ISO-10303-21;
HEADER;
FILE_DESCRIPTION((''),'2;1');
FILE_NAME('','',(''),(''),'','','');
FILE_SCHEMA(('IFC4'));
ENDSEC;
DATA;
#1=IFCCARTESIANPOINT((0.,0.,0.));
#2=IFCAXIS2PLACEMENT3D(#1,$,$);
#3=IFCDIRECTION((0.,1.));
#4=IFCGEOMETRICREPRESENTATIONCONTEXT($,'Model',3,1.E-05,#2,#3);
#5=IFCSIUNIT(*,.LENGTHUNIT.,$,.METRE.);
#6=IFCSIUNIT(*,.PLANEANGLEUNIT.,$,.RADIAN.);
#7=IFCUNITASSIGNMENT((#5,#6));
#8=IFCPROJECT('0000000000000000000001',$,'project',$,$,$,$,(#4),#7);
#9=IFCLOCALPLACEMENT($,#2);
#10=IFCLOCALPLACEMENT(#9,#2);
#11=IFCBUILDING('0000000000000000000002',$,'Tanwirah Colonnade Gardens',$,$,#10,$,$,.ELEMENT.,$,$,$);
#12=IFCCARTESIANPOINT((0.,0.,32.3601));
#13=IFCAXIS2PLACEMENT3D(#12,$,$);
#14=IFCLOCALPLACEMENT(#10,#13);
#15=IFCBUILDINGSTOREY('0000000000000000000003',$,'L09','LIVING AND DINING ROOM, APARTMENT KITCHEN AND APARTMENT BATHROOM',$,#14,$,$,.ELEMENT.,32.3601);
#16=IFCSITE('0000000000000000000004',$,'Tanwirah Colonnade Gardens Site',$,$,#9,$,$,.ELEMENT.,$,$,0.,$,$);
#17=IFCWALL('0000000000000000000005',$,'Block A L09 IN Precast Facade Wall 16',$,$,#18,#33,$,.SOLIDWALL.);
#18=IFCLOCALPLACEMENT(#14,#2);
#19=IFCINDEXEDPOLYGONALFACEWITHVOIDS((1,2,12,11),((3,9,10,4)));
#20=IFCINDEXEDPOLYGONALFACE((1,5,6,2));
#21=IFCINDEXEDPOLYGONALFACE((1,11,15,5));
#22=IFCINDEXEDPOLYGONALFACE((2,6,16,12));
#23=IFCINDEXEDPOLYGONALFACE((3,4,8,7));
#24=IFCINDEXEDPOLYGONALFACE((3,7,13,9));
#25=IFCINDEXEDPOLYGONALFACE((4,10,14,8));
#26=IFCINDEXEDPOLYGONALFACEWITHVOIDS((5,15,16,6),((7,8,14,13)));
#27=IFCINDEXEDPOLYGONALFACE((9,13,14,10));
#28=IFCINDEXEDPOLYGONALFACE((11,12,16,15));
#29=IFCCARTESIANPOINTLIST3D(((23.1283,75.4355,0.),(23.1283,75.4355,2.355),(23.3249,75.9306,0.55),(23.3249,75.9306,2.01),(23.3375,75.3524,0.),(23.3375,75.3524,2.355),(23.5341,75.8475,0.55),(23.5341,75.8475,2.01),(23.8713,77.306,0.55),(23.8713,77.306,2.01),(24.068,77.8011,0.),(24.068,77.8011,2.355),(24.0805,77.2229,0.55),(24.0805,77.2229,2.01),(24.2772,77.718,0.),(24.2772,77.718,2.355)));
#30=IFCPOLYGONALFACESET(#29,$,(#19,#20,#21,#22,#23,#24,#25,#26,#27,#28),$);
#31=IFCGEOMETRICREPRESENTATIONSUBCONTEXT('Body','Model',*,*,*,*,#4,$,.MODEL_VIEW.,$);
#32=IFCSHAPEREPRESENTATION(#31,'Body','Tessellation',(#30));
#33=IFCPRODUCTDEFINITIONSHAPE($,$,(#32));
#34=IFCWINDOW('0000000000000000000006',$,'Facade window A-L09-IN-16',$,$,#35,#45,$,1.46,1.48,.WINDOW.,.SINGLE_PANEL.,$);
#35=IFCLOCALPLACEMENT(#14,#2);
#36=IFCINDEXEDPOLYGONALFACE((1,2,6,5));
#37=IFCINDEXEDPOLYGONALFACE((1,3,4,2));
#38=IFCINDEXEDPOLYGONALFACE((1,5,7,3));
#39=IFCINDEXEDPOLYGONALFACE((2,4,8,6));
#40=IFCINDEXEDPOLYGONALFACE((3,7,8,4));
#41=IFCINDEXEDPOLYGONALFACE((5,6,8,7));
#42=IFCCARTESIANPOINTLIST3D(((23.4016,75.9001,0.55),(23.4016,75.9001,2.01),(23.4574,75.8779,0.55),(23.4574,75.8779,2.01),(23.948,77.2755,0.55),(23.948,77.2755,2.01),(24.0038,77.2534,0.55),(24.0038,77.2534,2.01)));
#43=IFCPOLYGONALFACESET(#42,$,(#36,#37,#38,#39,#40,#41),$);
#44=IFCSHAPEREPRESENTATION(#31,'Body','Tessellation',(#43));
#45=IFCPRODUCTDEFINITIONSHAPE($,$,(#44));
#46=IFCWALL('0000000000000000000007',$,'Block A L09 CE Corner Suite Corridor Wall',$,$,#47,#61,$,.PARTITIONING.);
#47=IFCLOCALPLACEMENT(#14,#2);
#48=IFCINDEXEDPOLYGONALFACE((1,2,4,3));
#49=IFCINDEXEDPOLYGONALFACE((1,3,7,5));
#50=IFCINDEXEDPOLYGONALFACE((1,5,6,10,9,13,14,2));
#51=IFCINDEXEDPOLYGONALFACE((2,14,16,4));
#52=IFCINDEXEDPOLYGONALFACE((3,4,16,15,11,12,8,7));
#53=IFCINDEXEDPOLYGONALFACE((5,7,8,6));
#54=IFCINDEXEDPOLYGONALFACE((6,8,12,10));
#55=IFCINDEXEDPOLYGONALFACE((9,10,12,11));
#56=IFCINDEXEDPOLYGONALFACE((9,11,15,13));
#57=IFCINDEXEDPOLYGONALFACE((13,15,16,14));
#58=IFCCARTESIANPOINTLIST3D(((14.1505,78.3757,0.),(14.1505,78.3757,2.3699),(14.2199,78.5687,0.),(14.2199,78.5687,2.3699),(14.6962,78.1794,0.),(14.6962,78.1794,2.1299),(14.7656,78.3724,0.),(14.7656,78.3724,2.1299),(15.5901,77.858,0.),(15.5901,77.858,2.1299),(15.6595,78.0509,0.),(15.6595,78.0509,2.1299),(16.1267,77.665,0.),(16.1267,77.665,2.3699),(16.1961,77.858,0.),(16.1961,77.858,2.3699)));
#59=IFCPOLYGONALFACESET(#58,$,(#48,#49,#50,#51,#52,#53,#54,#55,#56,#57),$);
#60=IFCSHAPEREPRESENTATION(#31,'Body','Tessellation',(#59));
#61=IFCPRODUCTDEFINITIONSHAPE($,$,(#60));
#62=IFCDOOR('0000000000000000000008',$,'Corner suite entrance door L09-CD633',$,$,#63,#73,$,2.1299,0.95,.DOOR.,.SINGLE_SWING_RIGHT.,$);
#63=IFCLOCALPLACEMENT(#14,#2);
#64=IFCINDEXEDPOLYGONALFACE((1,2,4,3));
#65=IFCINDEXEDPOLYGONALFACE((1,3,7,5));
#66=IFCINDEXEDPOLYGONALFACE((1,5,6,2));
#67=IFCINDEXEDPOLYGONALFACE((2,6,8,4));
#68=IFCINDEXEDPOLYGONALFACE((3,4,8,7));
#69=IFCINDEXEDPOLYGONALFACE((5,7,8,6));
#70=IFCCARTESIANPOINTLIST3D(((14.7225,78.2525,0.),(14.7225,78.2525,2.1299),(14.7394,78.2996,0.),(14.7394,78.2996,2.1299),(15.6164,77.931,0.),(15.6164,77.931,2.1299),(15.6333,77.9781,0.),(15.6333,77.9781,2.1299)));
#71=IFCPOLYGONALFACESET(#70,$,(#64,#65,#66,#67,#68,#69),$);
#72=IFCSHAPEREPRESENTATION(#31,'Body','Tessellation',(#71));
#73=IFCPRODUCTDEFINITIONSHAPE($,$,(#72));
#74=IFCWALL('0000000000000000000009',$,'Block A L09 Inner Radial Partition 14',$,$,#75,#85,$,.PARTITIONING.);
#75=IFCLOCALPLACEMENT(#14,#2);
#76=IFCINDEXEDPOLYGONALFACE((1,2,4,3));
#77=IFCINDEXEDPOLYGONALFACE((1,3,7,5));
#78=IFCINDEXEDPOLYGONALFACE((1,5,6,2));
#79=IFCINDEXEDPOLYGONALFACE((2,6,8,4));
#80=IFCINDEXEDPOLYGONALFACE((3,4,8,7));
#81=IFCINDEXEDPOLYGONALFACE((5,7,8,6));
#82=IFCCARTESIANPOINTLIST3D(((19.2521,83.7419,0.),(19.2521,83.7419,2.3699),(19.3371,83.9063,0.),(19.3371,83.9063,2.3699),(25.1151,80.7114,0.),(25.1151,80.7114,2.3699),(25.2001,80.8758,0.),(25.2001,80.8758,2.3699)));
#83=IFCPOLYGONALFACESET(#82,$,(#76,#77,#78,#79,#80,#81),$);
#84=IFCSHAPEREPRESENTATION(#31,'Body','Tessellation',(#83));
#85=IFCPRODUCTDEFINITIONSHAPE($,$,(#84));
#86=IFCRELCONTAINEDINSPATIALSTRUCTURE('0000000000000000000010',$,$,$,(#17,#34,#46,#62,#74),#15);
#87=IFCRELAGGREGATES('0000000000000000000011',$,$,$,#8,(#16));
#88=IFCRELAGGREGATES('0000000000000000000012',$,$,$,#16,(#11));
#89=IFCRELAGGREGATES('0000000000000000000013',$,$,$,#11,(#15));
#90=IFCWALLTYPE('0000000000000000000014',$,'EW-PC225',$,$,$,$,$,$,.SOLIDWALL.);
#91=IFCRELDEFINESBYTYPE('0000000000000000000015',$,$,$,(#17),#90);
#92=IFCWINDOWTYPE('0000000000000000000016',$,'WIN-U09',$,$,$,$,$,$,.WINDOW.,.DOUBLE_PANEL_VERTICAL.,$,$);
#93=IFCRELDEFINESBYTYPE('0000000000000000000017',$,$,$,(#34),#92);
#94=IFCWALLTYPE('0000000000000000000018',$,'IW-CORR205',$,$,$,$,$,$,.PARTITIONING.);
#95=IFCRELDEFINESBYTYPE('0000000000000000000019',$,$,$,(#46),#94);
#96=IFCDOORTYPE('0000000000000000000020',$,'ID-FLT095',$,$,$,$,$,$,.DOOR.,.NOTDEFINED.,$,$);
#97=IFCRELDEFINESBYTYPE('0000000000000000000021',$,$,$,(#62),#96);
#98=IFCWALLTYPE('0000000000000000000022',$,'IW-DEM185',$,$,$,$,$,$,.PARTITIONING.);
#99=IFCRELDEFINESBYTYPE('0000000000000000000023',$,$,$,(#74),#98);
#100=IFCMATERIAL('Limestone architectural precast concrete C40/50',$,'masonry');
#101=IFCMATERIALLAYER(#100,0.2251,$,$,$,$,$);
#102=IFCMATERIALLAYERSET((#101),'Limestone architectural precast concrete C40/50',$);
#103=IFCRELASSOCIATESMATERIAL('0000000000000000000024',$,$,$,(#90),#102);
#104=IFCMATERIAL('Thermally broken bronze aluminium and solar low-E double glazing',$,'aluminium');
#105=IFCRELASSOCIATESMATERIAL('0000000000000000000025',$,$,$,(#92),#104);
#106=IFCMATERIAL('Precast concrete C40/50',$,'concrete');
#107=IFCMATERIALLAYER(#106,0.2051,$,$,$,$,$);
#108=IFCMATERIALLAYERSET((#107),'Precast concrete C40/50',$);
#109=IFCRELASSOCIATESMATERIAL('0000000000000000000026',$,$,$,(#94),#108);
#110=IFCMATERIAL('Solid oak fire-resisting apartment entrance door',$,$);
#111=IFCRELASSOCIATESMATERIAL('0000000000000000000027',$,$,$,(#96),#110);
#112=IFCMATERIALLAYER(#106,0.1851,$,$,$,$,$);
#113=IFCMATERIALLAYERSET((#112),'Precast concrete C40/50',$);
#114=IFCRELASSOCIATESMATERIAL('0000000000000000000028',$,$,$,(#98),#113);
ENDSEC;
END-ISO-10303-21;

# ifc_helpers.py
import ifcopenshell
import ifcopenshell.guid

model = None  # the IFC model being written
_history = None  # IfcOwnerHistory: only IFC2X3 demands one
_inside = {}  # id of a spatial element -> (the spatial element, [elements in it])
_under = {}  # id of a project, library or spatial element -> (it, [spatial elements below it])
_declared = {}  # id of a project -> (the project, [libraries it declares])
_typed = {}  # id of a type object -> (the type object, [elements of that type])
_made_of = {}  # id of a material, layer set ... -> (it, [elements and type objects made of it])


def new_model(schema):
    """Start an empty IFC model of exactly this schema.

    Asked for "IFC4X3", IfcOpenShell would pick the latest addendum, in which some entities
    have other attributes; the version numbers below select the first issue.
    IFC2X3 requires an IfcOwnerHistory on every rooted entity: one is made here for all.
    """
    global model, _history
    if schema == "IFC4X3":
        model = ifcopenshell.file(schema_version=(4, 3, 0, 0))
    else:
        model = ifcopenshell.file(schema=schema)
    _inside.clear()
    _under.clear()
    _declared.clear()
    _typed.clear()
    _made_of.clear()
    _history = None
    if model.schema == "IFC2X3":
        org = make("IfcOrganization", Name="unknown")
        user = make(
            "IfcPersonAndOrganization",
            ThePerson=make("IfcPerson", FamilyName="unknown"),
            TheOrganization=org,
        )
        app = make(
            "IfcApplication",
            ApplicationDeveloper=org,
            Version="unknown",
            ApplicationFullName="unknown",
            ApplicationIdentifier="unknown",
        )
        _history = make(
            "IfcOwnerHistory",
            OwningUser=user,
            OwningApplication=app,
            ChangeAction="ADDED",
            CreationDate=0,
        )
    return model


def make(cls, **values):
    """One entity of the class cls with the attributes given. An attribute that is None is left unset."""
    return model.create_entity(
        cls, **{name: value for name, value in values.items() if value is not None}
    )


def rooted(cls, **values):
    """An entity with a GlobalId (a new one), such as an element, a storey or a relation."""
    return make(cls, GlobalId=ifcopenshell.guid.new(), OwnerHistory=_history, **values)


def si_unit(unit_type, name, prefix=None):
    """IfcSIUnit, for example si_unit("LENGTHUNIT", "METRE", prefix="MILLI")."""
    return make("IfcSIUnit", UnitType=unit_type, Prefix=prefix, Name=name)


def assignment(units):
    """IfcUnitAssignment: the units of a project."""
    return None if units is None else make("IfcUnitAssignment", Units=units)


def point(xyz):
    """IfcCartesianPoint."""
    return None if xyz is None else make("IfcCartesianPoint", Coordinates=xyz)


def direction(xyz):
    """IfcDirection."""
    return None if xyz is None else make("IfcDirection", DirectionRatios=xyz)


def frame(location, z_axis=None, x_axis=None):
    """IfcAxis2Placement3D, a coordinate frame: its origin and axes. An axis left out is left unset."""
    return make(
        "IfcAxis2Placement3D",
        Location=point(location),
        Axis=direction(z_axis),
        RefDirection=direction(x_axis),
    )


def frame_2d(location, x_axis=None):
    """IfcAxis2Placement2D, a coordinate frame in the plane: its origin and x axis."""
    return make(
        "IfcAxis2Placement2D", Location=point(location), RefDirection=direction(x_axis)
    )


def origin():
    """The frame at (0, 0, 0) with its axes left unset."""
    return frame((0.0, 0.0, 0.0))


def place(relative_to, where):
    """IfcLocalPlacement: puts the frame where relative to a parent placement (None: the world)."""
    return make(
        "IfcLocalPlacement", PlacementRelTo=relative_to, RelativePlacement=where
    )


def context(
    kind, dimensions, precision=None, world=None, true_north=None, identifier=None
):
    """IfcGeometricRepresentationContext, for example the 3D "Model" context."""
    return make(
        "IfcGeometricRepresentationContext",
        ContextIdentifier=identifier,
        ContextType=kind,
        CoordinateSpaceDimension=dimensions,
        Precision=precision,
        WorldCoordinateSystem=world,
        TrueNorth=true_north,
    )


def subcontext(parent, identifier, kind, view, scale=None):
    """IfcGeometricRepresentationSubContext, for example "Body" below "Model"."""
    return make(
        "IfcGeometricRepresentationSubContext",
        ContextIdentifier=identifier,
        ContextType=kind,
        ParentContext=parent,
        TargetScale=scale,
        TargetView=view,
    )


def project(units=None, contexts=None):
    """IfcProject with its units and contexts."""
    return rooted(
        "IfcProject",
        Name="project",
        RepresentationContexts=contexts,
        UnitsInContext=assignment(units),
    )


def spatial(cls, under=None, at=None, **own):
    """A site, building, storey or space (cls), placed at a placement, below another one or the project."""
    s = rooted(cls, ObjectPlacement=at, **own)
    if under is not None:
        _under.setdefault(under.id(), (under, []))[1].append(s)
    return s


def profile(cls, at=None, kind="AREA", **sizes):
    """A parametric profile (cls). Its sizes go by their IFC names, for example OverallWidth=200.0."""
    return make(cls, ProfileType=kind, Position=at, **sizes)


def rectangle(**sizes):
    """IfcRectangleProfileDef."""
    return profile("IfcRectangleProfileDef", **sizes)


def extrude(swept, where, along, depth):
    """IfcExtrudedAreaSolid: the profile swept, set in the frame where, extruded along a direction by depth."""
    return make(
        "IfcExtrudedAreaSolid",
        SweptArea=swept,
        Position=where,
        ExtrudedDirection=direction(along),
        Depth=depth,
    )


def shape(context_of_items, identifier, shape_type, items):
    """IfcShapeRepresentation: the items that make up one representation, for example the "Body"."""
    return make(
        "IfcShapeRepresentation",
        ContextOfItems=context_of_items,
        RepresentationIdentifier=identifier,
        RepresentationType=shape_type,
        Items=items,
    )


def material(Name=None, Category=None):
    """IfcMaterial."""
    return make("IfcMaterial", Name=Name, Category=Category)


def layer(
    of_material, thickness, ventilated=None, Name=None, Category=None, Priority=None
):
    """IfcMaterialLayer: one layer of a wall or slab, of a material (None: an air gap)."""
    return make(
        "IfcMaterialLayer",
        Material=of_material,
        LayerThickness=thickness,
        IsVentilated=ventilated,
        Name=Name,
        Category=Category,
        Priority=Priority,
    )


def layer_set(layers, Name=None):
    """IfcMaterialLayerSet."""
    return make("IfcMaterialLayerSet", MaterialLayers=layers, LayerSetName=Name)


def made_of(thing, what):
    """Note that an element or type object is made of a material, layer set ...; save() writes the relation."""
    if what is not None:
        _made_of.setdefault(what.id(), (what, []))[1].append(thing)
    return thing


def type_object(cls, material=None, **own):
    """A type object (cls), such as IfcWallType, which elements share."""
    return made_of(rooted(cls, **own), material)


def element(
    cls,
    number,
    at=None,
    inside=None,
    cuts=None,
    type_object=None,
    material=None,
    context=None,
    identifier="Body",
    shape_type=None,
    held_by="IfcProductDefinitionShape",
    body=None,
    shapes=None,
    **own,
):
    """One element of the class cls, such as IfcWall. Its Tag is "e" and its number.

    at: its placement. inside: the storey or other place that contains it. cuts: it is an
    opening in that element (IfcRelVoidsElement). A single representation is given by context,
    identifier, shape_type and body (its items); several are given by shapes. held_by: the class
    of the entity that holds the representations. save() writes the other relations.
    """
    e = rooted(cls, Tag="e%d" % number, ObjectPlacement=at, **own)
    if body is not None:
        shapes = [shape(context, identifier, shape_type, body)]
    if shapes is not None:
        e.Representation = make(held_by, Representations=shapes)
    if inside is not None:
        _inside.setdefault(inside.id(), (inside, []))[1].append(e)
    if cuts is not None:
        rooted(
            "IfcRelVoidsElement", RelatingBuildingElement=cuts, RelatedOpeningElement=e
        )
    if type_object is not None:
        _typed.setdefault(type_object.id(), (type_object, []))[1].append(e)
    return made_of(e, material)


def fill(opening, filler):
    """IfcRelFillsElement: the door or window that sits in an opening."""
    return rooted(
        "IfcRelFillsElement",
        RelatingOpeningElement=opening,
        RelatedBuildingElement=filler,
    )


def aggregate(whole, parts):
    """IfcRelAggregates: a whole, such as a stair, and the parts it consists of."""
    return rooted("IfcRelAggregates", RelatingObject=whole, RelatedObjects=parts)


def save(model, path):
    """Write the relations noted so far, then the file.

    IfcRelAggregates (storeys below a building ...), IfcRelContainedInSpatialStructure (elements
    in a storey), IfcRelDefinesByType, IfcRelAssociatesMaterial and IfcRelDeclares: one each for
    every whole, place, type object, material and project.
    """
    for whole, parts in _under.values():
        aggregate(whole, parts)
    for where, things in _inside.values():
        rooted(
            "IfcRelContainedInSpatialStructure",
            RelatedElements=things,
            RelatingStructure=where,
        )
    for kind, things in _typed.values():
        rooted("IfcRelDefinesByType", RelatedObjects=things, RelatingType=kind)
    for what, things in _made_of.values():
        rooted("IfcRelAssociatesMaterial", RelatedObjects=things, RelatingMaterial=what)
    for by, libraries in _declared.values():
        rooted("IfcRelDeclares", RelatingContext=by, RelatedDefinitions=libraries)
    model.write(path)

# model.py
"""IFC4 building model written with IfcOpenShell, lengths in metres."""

from ifc_helpers import new_model, si_unit, direction, frame, frame_2d, origin, place, context, subcontext, project, spatial, rectangle, extrude, material, layer, layer_set, type_object, element, fill, save


model = new_model("IFC4")

# Units and contexts
model_context = context("Model", 3, precision=1e-05, world=origin(), true_north=direction((0.0, 1.0)))
body_context = subcontext(model_context, "Body", "Model", "MODEL_VIEW")
ifc_project = project(units=[si_unit("LENGTHUNIT", "METRE"), si_unit("PLANEANGLEUNIT", "RADIAN")], contexts=[model_context])

# Site, building, storey
site_placement = place(None, origin())
site = spatial("IfcSite", under=ifc_project, at=site_placement, Name="Tanwirah Colonnade Gardens Site", CompositionType="ELEMENT", RefElevation=0.0)
building_placement = place(site_placement, origin())
building = spatial("IfcBuilding", under=site, at=building_placement, Name="Tanwirah Colonnade Gardens", CompositionType="ELEMENT")
storey_placement = place(building_placement, frame((0.0, 0.0, 32.3601)))
storey = spatial("IfcBuildingStorey", under=building, at=storey_placement, Name="L09", Description="LIVING AND DINING ROOM, APARTMENT KITCHEN AND APARTMENT BATHROOM", CompositionType="ELEMENT", Elevation=32.3601)

# Shared definitions
ifc_material_1 = material(Name="Precast concrete C40/50", Category="concrete")

# Shared definitions
ifc_material_2 = material(Name="Limestone architectural precast concrete C40/50", Category="masonry")
ifc_layer_1 = layer(ifc_material_2, 0.2251)
ifc_layer_set_1 = layer_set([ifc_layer_1], Name="Limestone architectural precast concrete C40/50")
wall_type_1 = type_object("IfcWallType", Name="EW-PC225", PredefinedType="SOLIDWALL", material=ifc_layer_set_1)

# Wall, opening, window
wall_1_placement = place(storey_placement, frame((24.1726, 77.7595, 0.0), z_axis=(0.0, 0.0, 1.0), x_axis=(-0.36919, -0.929354, 0.0)))
wall_1 = element("IfcWall", 1, at=wall_1_placement, inside=storey, type_object=wall_type_1, Name="Block A L09 IN Precast Facade Wall 16", PredefinedType="SOLIDWALL", context=body_context, shape_type="SweptSolid", body=[
    extrude(rectangle(XDim=2.5454, YDim=0.2251, at=frame_2d((1.2727, 0.0))), origin(), (0.0, 0.0, 1.0), 2.355),
])
opening_1_placement = place(wall_1_placement, frame((0.5327, 0.0, 0.55)))
opening_1 = element("IfcOpeningElement", 2, at=opening_1_placement, cuts=wall_1, PredefinedType="OPENING", context=body_context, shape_type="SweptSolid", body=[
    extrude(rectangle(XDim=1.48, YDim=1.46, at=frame_2d((0.74, 0.73))), frame((0.0, 0.1226, 0.0), z_axis=(0.0, -1.0, 0.0), x_axis=(1.0, 0.0, 0.0)), (0.0, 0.0, 1.0), 0.2451),
])
ifc_material_3 = material(Name="Thermally broken bronze aluminium and solar low-E double glazing", Category="aluminium")
window_type = type_object("IfcWindowType", Name="WIN-U09", PartitioningType="DOUBLE_PANEL_VERTICAL", PredefinedType="WINDOW", material=ifc_material_3)
window_placement = place(opening_1_placement, origin())
window = element("IfcWindow", 3, at=window_placement, inside=storey, type_object=window_type, Name="Facade window A-L09-IN-16", OverallHeight=1.46, OverallWidth=1.48, PartitioningType="SINGLE_PANEL", PredefinedType="WINDOW", context=body_context, shape_type="SweptSolid", body=[
    extrude(rectangle(XDim=1.48, YDim=1.46, at=frame_2d((0.74, 0.73))), frame((0.0, 0.03, 0.0), z_axis=(0.0, -1.0, 0.0), x_axis=(1.0, 0.0, 0.0)), (0.0, 0.0, 1.0), 0.0601),
])
fill(opening_1, window)

# Wall, opening, door
ifc_layer_2 = layer(ifc_material_1, 0.2051)
ifc_layer_set_2 = layer_set([ifc_layer_2], Name="Precast concrete C40/50")
wall_type_2 = type_object("IfcWallType", Name="IW-CORR205", PredefinedType="PARTITIONING", material=ifc_layer_set_2)
ifc_material_4 = material(Name="Solid oak fire-resisting apartment entrance door")
wall_2_placement = place(storey_placement, frame((16.1614, 77.7615, 0.0), z_axis=(0.0, 0.0, 1.0), x_axis=(-0.940993, 0.338427, 0.0)))
wall_2 = element("IfcWall", 4, at=wall_2_placement, inside=storey, type_object=wall_type_2, Name="Block A L09 CE Corner Suite Corridor Wall", PredefinedType="PARTITIONING", context=body_context, shape_type="SweptSolid", body=[
    extrude(rectangle(XDim=2.1001, YDim=0.2051, at=frame_2d((1.05, 0.0))), origin(), (0.0, 0.0, 1.0), 2.3699),
])
opening_2_placement = place(wall_2_placement, frame((0.5701, 0.0, 0.0)))
opening_2 = element("IfcOpeningElement", 5, at=opening_2_placement, cuts=wall_2, PredefinedType="OPENING", context=body_context, shape_type="SweptSolid", body=[
    extrude(rectangle(XDim=0.95, YDim=2.1299, at=frame_2d((0.4751, 1.0649))), frame((0.0, 0.1125, 0.0), z_axis=(0.0, -1.0, 0.0), x_axis=(1.0, 0.0, 0.0)), (0.0, 0.0, 1.0), 0.2251),
])
door_type_1 = type_object("IfcDoorType", Name="ID-FLT095", OperationType="NOTDEFINED", PredefinedType="DOOR", material=ifc_material_4)
door_1_placement = place(opening_2_placement, origin())
door_1 = element("IfcDoor", 6, at=door_1_placement, inside=storey, type_object=door_type_1, Name="Corner suite entrance door L09-CD633", OperationType="SINGLE_SWING_RIGHT", OverallHeight=2.1299, OverallWidth=0.95, PredefinedType="DOOR", context=body_context, shape_type="SweptSolid", body=[
    extrude(rectangle(XDim=0.95, YDim=2.1299, at=frame_2d((0.4751, 1.0649))), frame((0.0, 0.0249, 0.0), z_axis=(0.0, -1.0, 0.0), x_axis=(1.0, 0.0, 0.0)), (0.0, 0.0, 1.0), 0.05),
])
fill(opening_2, door_1)

# Wall
ifc_layer_3 = layer(ifc_material_1, 0.1851)
ifc_layer_set_3 = layer_set([ifc_layer_3], Name="Precast concrete C40/50")
wall_type_3 = type_object("IfcWallType", Name="IW-DEM185", PredefinedType="PARTITIONING", material=ifc_layer_set_3)
wall_3_placement = place(storey_placement, frame((25.1575, 80.7937, 0.0), z_axis=(0.0, 0.0, 1.0), x_axis=(-0.888347, 0.459173, 0.0)))
element("IfcWall", 7, at=wall_3_placement, inside=storey, type_object=wall_type_3, Name="Block A L09 Inner Radial Partition 14", PredefinedType="PARTITIONING", context=body_context, shape_type="SweptSolid", body=[
    extrude(rectangle(XDim=6.5999, YDim=0.1851, at=frame_2d((3.2998, 0.0))), origin(), (0.0, 0.0, 1.0), 2.3699),
])

save(model, "model.ifc")
